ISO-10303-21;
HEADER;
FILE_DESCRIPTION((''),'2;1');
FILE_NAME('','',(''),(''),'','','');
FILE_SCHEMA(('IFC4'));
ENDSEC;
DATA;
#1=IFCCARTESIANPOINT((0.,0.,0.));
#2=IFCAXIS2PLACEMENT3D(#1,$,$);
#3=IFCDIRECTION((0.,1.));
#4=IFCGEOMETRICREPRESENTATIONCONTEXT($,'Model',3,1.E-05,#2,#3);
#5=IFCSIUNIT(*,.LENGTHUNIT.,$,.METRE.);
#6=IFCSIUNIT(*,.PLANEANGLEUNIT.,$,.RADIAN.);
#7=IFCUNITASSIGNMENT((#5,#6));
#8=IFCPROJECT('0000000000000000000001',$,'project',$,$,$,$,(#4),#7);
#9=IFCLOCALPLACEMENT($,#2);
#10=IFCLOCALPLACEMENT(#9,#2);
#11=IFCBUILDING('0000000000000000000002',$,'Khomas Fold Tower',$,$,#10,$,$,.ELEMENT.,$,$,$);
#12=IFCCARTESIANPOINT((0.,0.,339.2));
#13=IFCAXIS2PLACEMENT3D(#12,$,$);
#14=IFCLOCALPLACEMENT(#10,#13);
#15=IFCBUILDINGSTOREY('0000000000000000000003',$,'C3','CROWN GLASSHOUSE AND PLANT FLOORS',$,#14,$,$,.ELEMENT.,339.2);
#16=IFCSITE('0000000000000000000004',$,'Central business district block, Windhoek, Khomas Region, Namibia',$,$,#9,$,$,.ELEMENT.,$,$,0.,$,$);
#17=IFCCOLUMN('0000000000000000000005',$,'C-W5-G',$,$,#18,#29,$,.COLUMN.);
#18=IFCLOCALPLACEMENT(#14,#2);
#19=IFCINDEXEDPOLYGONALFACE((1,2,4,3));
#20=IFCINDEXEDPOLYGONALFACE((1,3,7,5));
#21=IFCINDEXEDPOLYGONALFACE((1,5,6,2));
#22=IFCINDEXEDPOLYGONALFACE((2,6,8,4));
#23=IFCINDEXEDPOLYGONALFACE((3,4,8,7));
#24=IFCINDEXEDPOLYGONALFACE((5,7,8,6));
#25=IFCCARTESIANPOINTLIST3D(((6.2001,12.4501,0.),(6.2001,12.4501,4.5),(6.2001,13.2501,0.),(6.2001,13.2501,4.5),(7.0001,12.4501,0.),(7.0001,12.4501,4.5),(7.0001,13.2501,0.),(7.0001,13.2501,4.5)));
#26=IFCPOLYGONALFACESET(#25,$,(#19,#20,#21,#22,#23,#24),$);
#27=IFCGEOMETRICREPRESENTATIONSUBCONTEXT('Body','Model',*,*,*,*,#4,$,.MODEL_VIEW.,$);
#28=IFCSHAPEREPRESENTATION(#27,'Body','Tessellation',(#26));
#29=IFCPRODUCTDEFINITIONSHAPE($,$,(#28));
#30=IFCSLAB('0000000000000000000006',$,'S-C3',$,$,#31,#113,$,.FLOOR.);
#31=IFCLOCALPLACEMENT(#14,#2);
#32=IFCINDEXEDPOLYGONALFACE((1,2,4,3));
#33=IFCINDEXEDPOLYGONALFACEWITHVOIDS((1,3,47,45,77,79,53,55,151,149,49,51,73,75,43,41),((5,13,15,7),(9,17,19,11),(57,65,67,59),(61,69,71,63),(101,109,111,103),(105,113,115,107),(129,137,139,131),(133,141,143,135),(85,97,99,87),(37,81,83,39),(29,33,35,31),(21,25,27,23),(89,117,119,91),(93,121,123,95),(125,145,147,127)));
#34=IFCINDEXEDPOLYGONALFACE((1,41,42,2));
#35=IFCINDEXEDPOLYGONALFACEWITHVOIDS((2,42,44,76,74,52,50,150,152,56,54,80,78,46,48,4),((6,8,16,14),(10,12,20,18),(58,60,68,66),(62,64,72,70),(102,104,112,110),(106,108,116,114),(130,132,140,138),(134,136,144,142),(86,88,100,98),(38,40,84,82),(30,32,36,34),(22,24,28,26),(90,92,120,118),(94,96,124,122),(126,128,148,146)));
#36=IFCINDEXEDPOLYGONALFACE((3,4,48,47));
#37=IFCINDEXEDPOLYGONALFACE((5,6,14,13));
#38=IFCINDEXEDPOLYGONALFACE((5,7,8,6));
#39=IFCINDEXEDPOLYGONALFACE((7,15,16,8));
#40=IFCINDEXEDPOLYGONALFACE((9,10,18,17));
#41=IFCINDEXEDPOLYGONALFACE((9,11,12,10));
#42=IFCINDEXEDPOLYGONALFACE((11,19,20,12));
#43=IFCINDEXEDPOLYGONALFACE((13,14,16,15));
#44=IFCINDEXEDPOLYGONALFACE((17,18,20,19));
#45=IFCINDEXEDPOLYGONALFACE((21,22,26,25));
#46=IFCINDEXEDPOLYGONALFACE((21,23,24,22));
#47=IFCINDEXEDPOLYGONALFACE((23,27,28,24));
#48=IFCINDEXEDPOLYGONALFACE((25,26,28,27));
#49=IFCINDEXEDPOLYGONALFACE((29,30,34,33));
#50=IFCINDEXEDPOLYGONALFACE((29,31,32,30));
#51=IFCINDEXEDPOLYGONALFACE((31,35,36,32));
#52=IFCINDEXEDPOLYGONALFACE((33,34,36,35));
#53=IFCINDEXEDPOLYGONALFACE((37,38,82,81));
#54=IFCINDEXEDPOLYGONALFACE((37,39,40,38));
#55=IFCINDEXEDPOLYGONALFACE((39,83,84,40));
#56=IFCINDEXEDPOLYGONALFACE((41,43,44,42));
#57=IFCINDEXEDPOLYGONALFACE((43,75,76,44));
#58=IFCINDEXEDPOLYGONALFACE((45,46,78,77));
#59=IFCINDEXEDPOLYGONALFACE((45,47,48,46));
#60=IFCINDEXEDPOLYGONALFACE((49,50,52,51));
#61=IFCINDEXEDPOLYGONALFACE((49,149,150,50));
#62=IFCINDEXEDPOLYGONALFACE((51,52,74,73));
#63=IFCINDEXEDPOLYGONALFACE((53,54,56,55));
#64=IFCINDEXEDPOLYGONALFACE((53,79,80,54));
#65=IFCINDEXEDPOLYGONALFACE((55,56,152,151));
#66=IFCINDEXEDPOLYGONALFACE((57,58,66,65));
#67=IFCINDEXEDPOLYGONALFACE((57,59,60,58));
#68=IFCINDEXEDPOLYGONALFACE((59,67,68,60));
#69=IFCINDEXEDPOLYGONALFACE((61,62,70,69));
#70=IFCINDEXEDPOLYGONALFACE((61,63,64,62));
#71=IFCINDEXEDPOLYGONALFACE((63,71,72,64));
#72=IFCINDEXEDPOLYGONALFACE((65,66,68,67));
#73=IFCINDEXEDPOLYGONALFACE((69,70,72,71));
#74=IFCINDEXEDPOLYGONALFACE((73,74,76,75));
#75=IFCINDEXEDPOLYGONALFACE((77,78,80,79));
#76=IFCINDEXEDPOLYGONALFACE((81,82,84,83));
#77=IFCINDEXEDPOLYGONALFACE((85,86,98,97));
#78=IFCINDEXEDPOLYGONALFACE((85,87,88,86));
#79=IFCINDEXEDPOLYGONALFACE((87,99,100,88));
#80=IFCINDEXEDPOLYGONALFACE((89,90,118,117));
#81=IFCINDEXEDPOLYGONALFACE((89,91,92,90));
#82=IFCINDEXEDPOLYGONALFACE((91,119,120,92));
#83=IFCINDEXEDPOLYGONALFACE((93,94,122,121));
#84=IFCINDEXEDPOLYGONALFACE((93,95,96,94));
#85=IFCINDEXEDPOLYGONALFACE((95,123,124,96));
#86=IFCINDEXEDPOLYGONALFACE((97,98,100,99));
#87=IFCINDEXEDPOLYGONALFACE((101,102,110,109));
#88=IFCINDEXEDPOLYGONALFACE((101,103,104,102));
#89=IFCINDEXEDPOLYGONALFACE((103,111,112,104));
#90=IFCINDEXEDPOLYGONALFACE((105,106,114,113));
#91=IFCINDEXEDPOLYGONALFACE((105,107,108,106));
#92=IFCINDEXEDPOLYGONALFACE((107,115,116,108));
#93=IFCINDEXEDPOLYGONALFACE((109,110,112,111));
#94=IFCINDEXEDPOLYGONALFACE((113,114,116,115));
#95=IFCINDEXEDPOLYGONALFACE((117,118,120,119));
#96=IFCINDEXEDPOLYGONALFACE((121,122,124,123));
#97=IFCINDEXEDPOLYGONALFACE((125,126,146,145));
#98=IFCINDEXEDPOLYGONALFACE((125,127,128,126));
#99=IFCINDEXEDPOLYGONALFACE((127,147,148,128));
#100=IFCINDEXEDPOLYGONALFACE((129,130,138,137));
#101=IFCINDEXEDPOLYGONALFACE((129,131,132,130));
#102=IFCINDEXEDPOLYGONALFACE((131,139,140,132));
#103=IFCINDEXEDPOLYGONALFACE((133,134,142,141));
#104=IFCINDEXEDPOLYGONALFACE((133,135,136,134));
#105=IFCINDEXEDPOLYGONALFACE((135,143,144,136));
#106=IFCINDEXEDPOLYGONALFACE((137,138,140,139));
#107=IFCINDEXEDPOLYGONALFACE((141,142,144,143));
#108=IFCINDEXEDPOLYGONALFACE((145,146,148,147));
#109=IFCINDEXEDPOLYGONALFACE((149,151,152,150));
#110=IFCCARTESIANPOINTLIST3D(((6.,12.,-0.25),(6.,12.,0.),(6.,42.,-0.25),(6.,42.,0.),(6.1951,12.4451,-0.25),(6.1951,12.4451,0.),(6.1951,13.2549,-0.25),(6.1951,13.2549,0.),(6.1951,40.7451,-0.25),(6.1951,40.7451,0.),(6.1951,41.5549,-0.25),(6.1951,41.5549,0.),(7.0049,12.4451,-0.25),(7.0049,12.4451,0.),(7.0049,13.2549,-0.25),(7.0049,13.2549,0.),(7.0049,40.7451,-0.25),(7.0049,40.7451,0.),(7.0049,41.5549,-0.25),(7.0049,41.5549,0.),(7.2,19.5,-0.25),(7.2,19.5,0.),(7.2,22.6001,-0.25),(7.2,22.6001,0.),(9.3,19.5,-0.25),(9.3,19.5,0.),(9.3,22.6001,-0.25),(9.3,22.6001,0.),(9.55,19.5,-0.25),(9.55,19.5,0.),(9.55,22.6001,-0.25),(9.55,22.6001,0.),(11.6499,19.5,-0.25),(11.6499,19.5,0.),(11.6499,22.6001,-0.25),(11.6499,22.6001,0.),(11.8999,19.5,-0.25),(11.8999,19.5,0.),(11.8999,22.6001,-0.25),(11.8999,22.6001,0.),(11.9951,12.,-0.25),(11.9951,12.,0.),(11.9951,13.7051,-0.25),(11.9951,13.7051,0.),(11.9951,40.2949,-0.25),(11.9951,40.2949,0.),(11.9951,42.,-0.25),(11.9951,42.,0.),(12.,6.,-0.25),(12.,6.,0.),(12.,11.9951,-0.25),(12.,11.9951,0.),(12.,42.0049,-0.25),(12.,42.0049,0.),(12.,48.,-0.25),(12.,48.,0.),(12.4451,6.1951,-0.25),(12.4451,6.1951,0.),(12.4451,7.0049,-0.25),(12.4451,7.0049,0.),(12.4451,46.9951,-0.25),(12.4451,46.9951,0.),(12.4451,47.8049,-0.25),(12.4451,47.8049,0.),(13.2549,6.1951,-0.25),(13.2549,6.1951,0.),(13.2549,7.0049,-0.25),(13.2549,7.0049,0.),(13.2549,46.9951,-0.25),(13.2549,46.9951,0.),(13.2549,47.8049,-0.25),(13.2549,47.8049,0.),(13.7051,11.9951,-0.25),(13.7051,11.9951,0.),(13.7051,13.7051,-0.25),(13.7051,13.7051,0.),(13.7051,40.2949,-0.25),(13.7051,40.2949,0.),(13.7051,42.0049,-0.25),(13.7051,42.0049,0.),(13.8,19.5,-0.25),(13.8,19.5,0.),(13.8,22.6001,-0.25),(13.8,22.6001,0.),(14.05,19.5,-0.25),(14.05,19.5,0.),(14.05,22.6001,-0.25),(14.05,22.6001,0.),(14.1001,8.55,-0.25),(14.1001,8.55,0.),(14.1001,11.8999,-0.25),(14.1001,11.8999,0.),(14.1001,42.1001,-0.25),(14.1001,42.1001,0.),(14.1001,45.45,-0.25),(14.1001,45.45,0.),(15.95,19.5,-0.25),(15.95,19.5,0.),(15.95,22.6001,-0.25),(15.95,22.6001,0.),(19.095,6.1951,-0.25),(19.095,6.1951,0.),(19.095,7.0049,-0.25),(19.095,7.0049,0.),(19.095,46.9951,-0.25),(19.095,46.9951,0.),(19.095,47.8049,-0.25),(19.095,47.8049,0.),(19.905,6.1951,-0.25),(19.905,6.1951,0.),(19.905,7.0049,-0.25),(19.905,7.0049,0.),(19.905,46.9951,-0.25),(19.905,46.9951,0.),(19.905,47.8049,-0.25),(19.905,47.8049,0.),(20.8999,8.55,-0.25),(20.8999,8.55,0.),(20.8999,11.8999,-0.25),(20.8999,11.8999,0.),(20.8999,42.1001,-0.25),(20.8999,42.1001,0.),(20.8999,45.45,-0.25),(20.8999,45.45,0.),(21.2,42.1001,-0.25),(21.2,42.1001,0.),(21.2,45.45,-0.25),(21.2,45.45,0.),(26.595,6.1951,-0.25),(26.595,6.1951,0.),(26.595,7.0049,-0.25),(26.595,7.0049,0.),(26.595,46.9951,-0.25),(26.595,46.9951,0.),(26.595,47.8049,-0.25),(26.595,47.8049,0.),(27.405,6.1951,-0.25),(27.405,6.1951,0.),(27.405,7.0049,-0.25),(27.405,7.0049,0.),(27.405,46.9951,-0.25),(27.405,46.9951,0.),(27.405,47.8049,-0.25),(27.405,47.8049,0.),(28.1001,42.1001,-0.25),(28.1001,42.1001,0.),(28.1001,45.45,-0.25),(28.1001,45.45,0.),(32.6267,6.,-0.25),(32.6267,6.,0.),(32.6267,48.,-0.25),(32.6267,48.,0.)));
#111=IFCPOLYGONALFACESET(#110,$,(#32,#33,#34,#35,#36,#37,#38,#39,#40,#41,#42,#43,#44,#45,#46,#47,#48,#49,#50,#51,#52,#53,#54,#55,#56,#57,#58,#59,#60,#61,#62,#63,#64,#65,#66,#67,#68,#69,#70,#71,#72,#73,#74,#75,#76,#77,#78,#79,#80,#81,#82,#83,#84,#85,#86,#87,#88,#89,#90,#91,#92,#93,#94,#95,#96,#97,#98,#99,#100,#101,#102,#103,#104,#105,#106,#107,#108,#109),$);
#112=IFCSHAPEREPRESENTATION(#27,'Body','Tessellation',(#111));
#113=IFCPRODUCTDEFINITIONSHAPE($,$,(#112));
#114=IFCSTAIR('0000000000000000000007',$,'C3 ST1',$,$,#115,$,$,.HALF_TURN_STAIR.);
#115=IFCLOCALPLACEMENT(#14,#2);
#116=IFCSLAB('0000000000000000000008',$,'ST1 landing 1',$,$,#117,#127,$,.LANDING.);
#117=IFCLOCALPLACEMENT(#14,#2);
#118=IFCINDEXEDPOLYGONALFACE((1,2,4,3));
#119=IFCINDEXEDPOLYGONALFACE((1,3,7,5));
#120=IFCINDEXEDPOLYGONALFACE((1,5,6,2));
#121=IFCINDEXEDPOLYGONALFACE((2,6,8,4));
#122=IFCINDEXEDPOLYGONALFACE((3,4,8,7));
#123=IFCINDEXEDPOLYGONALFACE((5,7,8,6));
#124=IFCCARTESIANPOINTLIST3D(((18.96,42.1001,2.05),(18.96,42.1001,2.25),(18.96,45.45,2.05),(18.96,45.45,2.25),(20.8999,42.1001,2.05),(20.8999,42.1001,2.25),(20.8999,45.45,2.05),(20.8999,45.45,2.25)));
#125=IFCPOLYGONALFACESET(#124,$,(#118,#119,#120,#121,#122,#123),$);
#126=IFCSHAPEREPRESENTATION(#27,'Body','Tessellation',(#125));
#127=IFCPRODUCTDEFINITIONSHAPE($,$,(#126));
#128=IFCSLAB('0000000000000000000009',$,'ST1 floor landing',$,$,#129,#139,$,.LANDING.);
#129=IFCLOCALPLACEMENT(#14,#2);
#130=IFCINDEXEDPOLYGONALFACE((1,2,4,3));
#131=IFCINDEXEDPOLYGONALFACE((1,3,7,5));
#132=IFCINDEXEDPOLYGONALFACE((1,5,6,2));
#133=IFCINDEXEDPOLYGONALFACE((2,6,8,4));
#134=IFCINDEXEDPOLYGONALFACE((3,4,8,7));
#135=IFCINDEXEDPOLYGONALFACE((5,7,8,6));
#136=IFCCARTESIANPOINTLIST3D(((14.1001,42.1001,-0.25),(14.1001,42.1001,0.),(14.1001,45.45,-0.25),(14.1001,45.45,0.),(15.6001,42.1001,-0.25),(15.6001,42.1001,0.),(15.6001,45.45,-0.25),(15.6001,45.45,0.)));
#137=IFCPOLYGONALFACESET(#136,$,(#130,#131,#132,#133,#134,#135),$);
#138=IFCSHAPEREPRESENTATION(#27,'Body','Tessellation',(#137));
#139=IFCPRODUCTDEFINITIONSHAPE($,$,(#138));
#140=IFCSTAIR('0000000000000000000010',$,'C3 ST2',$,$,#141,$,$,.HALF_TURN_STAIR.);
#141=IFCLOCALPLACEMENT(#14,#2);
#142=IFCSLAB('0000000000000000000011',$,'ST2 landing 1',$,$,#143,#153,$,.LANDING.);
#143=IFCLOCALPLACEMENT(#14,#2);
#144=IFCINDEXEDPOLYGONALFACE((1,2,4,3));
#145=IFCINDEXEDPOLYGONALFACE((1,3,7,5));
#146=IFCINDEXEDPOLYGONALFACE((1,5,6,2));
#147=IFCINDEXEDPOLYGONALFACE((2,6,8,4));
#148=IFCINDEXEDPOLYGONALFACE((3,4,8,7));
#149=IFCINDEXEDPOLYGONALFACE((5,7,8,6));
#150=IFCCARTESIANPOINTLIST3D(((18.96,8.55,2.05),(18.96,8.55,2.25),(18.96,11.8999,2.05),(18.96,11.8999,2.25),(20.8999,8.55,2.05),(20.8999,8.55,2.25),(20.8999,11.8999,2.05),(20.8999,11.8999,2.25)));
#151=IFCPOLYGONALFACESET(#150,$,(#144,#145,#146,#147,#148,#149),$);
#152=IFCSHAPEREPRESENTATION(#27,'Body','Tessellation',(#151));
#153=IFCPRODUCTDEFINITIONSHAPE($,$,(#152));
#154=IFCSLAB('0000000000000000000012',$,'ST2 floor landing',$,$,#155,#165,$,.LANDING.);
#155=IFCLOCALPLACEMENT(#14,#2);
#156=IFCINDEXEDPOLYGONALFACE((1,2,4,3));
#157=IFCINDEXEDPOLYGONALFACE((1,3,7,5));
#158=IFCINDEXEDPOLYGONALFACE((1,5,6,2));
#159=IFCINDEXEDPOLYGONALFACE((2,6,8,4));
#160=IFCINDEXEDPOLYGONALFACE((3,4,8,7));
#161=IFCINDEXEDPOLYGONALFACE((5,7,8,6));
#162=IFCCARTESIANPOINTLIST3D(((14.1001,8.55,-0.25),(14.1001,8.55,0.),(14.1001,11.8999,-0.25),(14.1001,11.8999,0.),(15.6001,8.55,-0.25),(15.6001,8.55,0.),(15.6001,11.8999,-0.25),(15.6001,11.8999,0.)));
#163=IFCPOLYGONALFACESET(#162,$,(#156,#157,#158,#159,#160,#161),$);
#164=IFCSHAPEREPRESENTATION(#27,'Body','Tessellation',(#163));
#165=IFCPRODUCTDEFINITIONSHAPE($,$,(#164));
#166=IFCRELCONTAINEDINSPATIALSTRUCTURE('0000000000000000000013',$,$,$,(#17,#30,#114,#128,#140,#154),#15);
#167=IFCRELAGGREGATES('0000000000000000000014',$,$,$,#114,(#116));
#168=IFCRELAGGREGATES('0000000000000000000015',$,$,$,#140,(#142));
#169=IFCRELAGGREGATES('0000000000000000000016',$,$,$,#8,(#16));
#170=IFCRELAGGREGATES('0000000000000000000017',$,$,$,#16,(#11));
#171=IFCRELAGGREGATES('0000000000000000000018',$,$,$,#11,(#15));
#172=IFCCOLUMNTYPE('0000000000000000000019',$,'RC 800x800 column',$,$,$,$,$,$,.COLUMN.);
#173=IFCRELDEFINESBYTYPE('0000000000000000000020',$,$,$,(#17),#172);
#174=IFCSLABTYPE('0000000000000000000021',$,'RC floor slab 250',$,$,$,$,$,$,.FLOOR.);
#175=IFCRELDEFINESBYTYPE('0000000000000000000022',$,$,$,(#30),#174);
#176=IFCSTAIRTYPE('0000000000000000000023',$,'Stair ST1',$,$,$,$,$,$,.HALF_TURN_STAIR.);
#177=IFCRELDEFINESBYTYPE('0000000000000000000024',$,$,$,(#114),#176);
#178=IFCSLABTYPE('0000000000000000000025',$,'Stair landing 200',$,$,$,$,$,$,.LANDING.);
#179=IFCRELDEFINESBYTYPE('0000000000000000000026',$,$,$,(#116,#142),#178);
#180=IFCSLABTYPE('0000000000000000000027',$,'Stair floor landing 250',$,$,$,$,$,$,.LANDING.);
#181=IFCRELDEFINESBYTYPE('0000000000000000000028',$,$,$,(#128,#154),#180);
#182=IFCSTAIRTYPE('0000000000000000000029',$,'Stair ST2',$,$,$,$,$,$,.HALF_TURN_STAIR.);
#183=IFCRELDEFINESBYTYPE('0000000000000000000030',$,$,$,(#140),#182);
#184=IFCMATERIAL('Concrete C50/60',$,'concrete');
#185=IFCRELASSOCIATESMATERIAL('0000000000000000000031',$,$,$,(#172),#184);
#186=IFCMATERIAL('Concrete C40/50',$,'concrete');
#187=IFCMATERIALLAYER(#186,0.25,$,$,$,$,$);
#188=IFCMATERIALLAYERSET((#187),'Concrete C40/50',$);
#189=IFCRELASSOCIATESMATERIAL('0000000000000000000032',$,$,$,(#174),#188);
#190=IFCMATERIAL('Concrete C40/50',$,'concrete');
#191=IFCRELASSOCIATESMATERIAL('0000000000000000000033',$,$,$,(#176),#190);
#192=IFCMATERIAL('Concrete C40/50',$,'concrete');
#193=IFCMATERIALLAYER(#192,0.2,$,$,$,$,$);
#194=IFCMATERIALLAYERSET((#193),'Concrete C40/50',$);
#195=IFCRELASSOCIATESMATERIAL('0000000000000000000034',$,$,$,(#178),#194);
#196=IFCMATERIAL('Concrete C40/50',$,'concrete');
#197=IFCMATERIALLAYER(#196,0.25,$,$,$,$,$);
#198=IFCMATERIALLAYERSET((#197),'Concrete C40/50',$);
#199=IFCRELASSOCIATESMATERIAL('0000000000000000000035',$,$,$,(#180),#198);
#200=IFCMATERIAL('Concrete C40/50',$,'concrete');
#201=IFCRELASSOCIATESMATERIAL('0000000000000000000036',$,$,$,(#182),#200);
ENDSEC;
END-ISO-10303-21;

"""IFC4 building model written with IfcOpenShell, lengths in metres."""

from ifc_helpers import new_model, si_unit, direction, frame, origin, origin_2d, place, context, subcontext, project, spatial, polyline, rectangle, outline, extrude, source, transform, mapped, material, layer, layer_set, material_profile, profile_set, type_object, element, aggregate, save


model = new_model("IFC4")

# Units and contexts
model_context = context("Model", 3, precision=1e-05, world=origin(), true_north=direction((0.0, 1.0)))
body_context = subcontext(model_context, "Body", "Model", "MODEL_VIEW")
ifc_project = project(units=[si_unit("LENGTHUNIT", "METRE"), si_unit("PLANEANGLEUNIT", "RADIAN")], contexts=[model_context])

# Site, building, storey
site_placement = place(None, origin())
site = spatial("IfcSite", under=ifc_project, at=site_placement, Name="Central business district block, Windhoek, Khomas Region, Namibia", CompositionType="ELEMENT", RefElevation=0.0)
building_placement = place(site_placement, origin())
building = spatial("IfcBuilding", under=site, at=building_placement, Name="Khomas Fold Tower", CompositionType="ELEMENT")
storey_placement = place(building_placement, frame((0.0, 0.0, 339.2)))
storey = spatial("IfcBuildingStorey", under=building, at=storey_placement, Name="C3", Description="CROWN GLASSHOUSE AND PLANT FLOORS", CompositionType="ELEMENT", Elevation=339.2)

# Column
ifc_material_1 = material(Name="Concrete C50/60", Category="concrete")
ifc_material_profile = material_profile(ifc_material_1, rectangle(XDim=0.8, YDim=0.8, at=origin_2d()), Name="RC 800x800")
ifc_profile_set = profile_set([ifc_material_profile], Name="Concrete C50/60")
column_type = type_object("IfcColumnType", Name="RC 800x800 column", PredefinedType="COLUMN", material=ifc_profile_set)
shared_shape_1 = source(origin(), body_context, "Body", "SweptSolid", [
    extrude(rectangle(XDim=0.8, YDim=0.8, at=origin_2d()), origin(), (0.0, 0.0, 1.0), 4.5),
])
column_placement = place(storey_placement, frame((6.6001, 12.8501, 0.0), z_axis=(0.0, 0.0, 1.0), x_axis=(1.0, 0.0, 0.0)))
element("IfcColumn", 1, at=column_placement, inside=storey, type_object=column_type, Name="C-W5-G", PredefinedType="COLUMN", context=body_context, shape_type="MappedRepresentation", body=[
    mapped(shared_shape_1, transform((0.0, 0.0, 0.0))),
])

# Slab
ifc_material_2 = material(Name="Concrete C40/50", Category="concrete")
ifc_layer_1 = layer(ifc_material_2, 0.25)
ifc_layer_set_1 = layer_set([ifc_layer_1], Name="Concrete C40/50")
slab_type_1 = type_object("IfcSlabType", Name="RC floor slab 250", PredefinedType="FLOOR", material=ifc_layer_set_1)
shared_shape_2 = source(origin(), body_context, "Body", "SweptSolid", [
    extrude(outline(polyline([(6.0, 12.0), (11.9951, 12.0), (11.9951, 13.7051), (13.7051, 13.7051), (13.7051, 11.9951), (12.0, 11.9951), (12.0, 6.0), (32.6267, 6.0), (32.6267, 48.0), (12.0, 48.0), (12.0, 42.0049), (13.7051, 42.0049), (13.7051, 40.2949), (11.9951, 40.2949), (11.9951, 42.0), (6.0, 42.0), (6.0, 12.0)]), holes=[polyline([(6.1951, 12.4451), (6.1951, 13.2549), (7.0049, 13.2549), (7.0049, 12.4451), (6.1951, 12.4451)]), polyline([(6.1951, 40.7451), (6.1951, 41.5549), (7.0049, 41.5549), (7.0049, 40.7451), (6.1951, 40.7451)]), polyline([(7.2, 19.5), (7.2, 22.6001), (9.3, 22.6001), (9.3, 19.5), (7.2, 19.5)]), polyline([(9.55, 19.5), (9.55, 22.6001), (11.6499, 22.6001), (11.6499, 19.5), (9.55, 19.5)]), polyline([(11.8999, 19.5), (11.8999, 22.6001), (13.8, 22.6001), (13.8, 19.5), (11.8999, 19.5)]), polyline([(12.4451, 6.1951), (12.4451, 7.0049), (13.2549, 7.0049), (13.2549, 6.1951), (12.4451, 6.1951)]), polyline([(12.4451, 46.9951), (12.4451, 47.8049), (13.2549, 47.8049), (13.2549, 46.9951), (12.4451, 46.9951)]), polyline([(14.05, 19.5), (14.05, 22.6001), (15.95, 22.6001), (15.95, 19.5), (14.05, 19.5)]), polyline([(14.1001, 8.55), (14.1001, 11.8999), (20.8999, 11.8999), (20.8999, 8.55), (14.1001, 8.55)]), polyline([(14.1001, 42.1001), (14.1001, 45.45), (20.8999, 45.45), (20.8999, 42.1001), (14.1001, 42.1001)]), polyline([(19.095, 6.1951), (19.095, 7.0049), (19.905, 7.0049), (19.905, 6.1951), (19.095, 6.1951)]), polyline([(19.095, 46.9951), (19.095, 47.8049), (19.905, 47.8049), (19.905, 46.9951), (19.095, 46.9951)]), polyline([(21.2, 42.1001), (21.2, 45.45), (28.1001, 45.45), (28.1001, 42.1001), (21.2, 42.1001)]), polyline([(26.595, 6.1951), (26.595, 7.0049), (27.405, 7.0049), (27.405, 6.1951), (26.595, 6.1951)]), polyline([(26.595, 46.9951), (26.595, 47.8049), (27.405, 47.8049), (27.405, 46.9951), (26.595, 46.9951)])]), origin(), (0.0, 0.0, 1.0), 0.25),
])
slab_1_placement = place(storey_placement, frame((0.0, 0.0, -0.25)))
element("IfcSlab", 2, at=slab_1_placement, inside=storey, type_object=slab_type_1, Name="S-C3", PredefinedType="FLOOR", context=body_context, shape_type="MappedRepresentation", body=[
    mapped(shared_shape_2, transform((0.0, 0.0, 0.0))),
])

# Stair, slab
ifc_material_3 = material(Name="Concrete C40/50", Category="concrete")
stair_type_1 = type_object("IfcStairType", Name="Stair ST1", PredefinedType="HALF_TURN_STAIR", material=ifc_material_3)
stair_1_placement = place(storey_placement, origin())
stair_1 = element("IfcStair", 3, at=stair_1_placement, inside=storey, type_object=stair_type_1, Name="C3 ST1", PredefinedType="HALF_TURN_STAIR")
ifc_material_4 = material(Name="Concrete C40/50", Category="concrete")
ifc_layer_2 = layer(ifc_material_4, 0.2)
ifc_layer_set_2 = layer_set([ifc_layer_2], Name="Concrete C40/50")
slab_type_2 = type_object("IfcSlabType", Name="Stair landing 200", PredefinedType="LANDING", material=ifc_layer_set_2)
shared_shape_3 = source(origin(), body_context, "Body", "SweptSolid", [
    extrude(outline(polyline([(18.96, 42.1001), (20.8999, 42.1001), (20.8999, 45.45), (18.96, 45.45), (18.96, 42.1001)])), origin(), (0.0, 0.0, 1.0), 0.2),
])
slab_2_placement = place(storey_placement, frame((0.0, 0.0, 2.05)))
slab_2 = element("IfcSlab", 4, at=slab_2_placement, type_object=slab_type_2, Name="ST1 landing 1", PredefinedType="LANDING", context=body_context, shape_type="MappedRepresentation", body=[
    mapped(shared_shape_3, transform((0.0, 0.0, 0.0))),
])
aggregate(stair_1, [slab_2])

# Slab
ifc_material_5 = material(Name="Concrete C40/50", Category="concrete")
ifc_layer_3 = layer(ifc_material_5, 0.25)
ifc_layer_set_3 = layer_set([ifc_layer_3], Name="Concrete C40/50")
slab_type_3 = type_object("IfcSlabType", Name="Stair floor landing 250", PredefinedType="LANDING", material=ifc_layer_set_3)
shared_shape_4 = source(origin(), body_context, "Body", "SweptSolid", [
    extrude(outline(polyline([(14.1001, 45.45), (15.6001, 45.45), (15.6001, 42.1001), (14.1001, 42.1001), (14.1001, 45.45)])), origin(), (0.0, 0.0, 1.0), 0.25),
])
slab_3_placement = place(storey_placement, frame((0.0, 0.0, -0.25)))
element("IfcSlab", 5, at=slab_3_placement, inside=storey, type_object=slab_type_3, Name="ST1 floor landing", PredefinedType="LANDING", context=body_context, shape_type="MappedRepresentation", body=[
    mapped(shared_shape_4, transform((0.0, 0.0, 0.0))),
])

# Stair, slab
ifc_material_6 = material(Name="Concrete C40/50", Category="concrete")
stair_type_2 = type_object("IfcStairType", Name="Stair ST2", PredefinedType="HALF_TURN_STAIR", material=ifc_material_6)
stair_2_placement = place(storey_placement, origin())
stair_2 = element("IfcStair", 6, at=stair_2_placement, inside=storey, type_object=stair_type_2, Name="C3 ST2", PredefinedType="HALF_TURN_STAIR")
shared_shape_5 = source(origin(), body_context, "Body", "SweptSolid", [
    extrude(outline(polyline([(18.96, 8.55), (20.8999, 8.55), (20.8999, 11.8999), (18.96, 11.8999), (18.96, 8.55)])), origin(), (0.0, 0.0, 1.0), 0.2),
])
slab_4_placement = place(storey_placement, frame((0.0, 0.0, 2.05)))
slab_4 = element("IfcSlab", 7, at=slab_4_placement, type_object=slab_type_2, Name="ST2 landing 1", PredefinedType="LANDING", context=body_context, shape_type="MappedRepresentation", body=[
    mapped(shared_shape_5, transform((0.0, 0.0, 0.0))),
])
aggregate(stair_2, [slab_4])

# Slab
shared_shape_6 = source(origin(), body_context, "Body", "SweptSolid", [
    extrude(outline(polyline([(14.1001, 11.8999), (15.6001, 11.8999), (15.6001, 8.55), (14.1001, 8.55), (14.1001, 11.8999)])), origin(), (0.0, 0.0, 1.0), 0.25),
])
slab_5_placement = place(storey_placement, frame((0.0, 0.0, -0.25)))
element("IfcSlab", 8, at=slab_5_placement, inside=storey, type_object=slab_type_3, Name="ST2 floor landing", PredefinedType="LANDING", context=body_context, shape_type="MappedRepresentation", body=[
    mapped(shared_shape_6, transform((0.0, 0.0, 0.0))),
])

save(model, "model.ifc")
